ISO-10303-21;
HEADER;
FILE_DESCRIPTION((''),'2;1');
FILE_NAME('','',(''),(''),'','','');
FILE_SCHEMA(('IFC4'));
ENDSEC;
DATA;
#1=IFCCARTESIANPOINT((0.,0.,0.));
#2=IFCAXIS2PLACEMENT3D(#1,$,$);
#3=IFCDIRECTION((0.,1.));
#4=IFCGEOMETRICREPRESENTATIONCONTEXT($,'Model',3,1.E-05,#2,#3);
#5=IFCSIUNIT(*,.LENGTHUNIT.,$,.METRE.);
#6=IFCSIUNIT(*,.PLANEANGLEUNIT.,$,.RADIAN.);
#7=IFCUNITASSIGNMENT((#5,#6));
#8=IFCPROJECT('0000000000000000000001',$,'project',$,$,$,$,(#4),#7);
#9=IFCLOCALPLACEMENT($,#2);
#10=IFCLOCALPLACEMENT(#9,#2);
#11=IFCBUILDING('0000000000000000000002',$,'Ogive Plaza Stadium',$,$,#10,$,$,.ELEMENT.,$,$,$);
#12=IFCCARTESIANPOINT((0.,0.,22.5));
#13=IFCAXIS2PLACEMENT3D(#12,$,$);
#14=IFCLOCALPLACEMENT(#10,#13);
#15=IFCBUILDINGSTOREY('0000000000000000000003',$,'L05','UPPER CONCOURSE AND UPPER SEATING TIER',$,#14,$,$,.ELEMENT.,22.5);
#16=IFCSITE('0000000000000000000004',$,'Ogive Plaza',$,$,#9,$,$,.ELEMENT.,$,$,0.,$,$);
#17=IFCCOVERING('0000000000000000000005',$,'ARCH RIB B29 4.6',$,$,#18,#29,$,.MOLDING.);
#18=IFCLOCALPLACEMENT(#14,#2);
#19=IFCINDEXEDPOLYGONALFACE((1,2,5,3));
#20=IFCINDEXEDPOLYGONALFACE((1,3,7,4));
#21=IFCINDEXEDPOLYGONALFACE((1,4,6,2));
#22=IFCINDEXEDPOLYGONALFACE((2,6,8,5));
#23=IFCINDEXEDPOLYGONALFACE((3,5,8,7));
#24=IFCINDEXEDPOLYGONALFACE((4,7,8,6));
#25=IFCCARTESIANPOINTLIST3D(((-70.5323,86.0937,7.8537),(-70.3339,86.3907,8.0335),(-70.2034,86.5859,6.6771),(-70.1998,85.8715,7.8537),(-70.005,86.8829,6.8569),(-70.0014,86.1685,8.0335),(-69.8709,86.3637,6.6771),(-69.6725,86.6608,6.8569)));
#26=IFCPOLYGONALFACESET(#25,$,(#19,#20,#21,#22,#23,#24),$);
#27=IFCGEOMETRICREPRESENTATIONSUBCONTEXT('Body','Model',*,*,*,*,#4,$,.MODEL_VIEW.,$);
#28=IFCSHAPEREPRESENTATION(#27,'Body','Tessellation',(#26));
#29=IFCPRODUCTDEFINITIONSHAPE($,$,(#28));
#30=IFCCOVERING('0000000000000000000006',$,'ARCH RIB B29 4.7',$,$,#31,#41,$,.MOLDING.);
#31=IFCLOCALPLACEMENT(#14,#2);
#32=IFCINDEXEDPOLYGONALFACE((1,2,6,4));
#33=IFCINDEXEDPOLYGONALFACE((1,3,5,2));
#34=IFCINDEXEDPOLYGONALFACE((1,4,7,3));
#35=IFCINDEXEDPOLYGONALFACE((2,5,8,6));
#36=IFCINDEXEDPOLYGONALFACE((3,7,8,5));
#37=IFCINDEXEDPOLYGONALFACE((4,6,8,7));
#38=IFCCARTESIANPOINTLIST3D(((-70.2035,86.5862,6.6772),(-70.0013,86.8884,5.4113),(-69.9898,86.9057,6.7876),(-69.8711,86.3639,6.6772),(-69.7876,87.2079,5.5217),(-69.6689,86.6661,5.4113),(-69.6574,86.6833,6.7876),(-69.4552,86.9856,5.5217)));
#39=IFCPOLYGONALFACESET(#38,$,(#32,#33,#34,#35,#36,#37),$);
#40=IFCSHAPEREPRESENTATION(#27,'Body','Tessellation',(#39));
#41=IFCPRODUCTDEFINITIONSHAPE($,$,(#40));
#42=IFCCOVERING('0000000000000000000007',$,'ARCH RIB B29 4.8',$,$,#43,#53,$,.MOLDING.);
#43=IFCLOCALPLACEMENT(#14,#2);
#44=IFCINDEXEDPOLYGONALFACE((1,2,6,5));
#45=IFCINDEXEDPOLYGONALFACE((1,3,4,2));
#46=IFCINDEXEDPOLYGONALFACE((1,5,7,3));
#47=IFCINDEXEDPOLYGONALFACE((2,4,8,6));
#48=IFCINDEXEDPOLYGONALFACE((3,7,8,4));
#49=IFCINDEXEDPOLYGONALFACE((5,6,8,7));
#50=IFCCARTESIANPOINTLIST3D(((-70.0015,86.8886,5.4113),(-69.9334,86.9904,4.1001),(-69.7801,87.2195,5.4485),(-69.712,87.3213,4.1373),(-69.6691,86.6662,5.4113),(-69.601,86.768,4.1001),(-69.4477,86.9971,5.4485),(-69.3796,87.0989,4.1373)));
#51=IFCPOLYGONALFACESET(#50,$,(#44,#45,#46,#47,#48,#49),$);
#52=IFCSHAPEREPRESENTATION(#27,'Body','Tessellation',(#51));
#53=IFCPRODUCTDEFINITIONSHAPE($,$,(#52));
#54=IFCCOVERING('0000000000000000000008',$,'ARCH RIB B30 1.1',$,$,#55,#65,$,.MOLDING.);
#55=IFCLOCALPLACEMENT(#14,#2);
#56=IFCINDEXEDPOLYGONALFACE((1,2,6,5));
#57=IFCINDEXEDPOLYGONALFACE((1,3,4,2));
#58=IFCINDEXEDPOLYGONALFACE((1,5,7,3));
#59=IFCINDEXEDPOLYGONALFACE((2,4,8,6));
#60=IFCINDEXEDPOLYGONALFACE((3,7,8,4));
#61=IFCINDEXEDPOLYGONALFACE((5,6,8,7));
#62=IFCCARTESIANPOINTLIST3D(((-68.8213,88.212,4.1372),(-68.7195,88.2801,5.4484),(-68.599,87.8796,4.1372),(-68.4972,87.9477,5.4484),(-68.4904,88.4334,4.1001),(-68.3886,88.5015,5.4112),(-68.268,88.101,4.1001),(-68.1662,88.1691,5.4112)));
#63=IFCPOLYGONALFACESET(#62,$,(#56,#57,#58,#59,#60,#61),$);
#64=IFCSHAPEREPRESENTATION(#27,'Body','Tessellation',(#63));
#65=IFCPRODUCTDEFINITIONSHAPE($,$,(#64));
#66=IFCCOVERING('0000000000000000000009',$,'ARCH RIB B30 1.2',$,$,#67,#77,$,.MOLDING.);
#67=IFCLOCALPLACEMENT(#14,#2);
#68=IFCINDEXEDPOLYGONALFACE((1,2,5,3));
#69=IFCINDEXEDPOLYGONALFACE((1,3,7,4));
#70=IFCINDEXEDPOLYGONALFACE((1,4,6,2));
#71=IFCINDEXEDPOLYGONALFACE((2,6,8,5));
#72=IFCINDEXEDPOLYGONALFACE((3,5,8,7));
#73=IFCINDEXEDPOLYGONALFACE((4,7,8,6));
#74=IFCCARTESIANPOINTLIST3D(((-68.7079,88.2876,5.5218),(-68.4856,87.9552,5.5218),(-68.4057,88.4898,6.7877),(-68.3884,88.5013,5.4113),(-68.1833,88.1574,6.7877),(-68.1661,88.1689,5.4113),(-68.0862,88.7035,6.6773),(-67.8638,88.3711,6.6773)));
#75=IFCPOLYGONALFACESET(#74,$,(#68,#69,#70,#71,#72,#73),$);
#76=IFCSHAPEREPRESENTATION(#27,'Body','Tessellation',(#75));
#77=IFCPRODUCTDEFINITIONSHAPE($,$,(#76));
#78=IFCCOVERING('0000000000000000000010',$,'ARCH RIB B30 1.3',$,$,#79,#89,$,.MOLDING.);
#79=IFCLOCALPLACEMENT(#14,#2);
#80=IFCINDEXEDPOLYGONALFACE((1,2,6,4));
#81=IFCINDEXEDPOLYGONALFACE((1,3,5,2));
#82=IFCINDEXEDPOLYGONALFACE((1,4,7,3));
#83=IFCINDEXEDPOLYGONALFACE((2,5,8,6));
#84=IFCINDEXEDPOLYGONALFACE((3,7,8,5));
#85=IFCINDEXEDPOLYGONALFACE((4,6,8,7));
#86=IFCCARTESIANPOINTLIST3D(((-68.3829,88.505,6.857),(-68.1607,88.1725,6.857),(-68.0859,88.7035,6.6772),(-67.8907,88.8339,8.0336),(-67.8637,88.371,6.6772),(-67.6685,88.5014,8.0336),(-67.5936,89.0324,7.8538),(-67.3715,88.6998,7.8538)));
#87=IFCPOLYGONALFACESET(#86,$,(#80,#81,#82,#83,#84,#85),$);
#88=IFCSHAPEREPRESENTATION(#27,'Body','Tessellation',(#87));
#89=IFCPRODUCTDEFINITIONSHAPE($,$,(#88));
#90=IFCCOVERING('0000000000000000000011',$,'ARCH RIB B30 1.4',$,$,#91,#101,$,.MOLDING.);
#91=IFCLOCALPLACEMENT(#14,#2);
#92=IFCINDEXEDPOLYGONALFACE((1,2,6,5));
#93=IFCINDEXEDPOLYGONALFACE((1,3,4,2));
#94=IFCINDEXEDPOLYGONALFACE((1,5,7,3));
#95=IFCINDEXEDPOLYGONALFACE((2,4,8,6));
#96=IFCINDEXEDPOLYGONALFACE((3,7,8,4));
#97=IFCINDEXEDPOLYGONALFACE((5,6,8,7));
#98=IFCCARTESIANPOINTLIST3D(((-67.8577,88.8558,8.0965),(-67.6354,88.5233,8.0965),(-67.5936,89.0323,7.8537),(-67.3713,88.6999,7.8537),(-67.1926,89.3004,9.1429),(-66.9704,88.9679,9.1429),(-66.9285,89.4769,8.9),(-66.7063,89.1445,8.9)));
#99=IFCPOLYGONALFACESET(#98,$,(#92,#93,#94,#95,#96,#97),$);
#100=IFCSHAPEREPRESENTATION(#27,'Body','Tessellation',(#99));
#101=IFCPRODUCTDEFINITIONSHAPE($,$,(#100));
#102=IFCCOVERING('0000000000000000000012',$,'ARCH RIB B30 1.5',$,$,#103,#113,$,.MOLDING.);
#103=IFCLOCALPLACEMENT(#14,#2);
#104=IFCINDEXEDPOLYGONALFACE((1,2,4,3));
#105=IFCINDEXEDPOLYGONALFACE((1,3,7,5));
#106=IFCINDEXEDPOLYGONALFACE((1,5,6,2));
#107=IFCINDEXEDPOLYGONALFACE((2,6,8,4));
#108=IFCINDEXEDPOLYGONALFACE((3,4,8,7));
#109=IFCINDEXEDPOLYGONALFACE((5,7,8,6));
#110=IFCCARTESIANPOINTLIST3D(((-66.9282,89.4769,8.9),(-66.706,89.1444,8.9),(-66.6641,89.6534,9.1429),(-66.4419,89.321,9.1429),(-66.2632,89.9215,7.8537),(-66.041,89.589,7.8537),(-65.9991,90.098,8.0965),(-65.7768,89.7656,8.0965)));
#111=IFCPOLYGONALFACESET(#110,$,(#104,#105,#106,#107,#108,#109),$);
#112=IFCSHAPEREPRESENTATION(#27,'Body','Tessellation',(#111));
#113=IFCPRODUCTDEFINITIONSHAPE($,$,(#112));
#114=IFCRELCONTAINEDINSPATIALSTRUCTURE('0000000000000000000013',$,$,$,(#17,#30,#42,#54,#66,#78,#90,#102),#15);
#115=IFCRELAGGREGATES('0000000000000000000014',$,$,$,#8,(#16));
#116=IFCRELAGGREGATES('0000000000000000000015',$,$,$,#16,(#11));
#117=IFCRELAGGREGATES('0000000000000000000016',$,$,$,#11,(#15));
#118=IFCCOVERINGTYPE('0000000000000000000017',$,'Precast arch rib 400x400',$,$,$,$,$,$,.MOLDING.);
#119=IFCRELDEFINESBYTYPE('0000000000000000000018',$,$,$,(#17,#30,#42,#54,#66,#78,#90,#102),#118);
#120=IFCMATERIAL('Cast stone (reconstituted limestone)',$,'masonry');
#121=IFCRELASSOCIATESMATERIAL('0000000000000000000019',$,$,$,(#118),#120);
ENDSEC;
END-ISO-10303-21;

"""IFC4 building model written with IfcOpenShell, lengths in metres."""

from ifc_helpers import new_model, si_unit, direction, frame, origin, origin_2d, place, context, subcontext, project, spatial, rectangle, extrude, material, material_profile, profile_set, type_object, element, save


model = new_model("IFC4")

# Units and contexts
model_context = context("Model", 3, precision=1e-05, world=origin(), true_north=direction((0.0, 1.0)))
body_context = subcontext(model_context, "Body", "Model", "MODEL_VIEW")
ifc_project = project(units=[si_unit("LENGTHUNIT", "METRE"), si_unit("PLANEANGLEUNIT", "RADIAN")], contexts=[model_context])

# Site, building, storey
site_placement = place(None, origin())
site = spatial("IfcSite", under=ifc_project, at=site_placement, Name="Ogive Plaza", CompositionType="ELEMENT", RefElevation=0.0)
building_placement = place(site_placement, origin())
building = spatial("IfcBuilding", under=site, at=building_placement, Name="Ogive Plaza Stadium", CompositionType="ELEMENT")
storey_placement = place(building_placement, frame((0.0, 0.0, 22.5)))
storey = spatial("IfcBuildingStorey", under=building, at=storey_placement, Name="L05", Description="UPPER CONCOURSE AND UPPER SEATING TIER", CompositionType="ELEMENT", Elevation=22.5)

# Coverings
ifc_material_1 = material(Name="Cast stone (reconstituted limestone)", Category="masonry")
ifc_material_profile_1 = material_profile(ifc_material_1, rectangle(XDim=0.3999, YDim=0.3999, at=origin_2d()), Name="Cast stone 400x400")
ifc_profile_set_1 = profile_set([ifc_material_profile_1], Name="Cast stone (reconstituted limestone)")
covering_type = type_object("IfcCoveringType", Name="Precast arch rib 400x400", PredefinedType="MOLDING", material=ifc_profile_set_1)
for number, where, z_axis, x_axis, name in (
    (1, (-70.2668, 86.1311, 7.9436), (0.249695, 0.373709, -0.893305), (-0.831479, 0.555557, 0.0), "ARCH RIB B29 4.6"),
    (2, (-69.9304, 86.6348, 6.7324), (0.153485, 0.229486, -0.961134), (-0.831223, 0.555939, 0.0), "ARCH RIB B29 4.7"),
):
    element("IfcCovering", number, at=place(storey_placement, frame(where, z_axis=z_axis, x_axis=x_axis)), inside=storey, type_object=covering_type, Name=name, PredefinedType="MOLDING", context=body_context, shape_type="SweptSolid", body=[
        extrude(rectangle(XDim=0.3999, YDim=0.3999, at=origin_2d()), origin(), (0.0, 0.0, 1.0), 1.3171),
    ])
for number, where, z_axis, x_axis, name in (
    (3, (-69.7246, 86.9429, 5.4299), (0.05172, 0.077303, -0.995665), (-0.831129, 0.556079, 0.0), "ARCH RIB B29 4.8"),
    (4, (-68.5447, 88.1565, 4.1187), (0.077303, 0.05172, 0.995665), (-0.556079, 0.831129, 0.0), "ARCH RIB B30 1.1"),
):
    element("IfcCovering", number, at=place(storey_placement, frame(where, z_axis=z_axis, x_axis=x_axis)), inside=storey, type_object=covering_type, Name=name, PredefinedType="MOLDING", context=body_context, shape_type="SweptSolid", body=[
        extrude(rectangle(XDim=0.3999, YDim=0.3999, at=origin_2d()), origin(), (0.0, 0.0, 1.0), 1.3169),
    ])
for number, where, z_axis, x_axis, name in (
    (5, (-68.437, 88.2283, 5.4666), (0.229486, 0.153485, 0.961134), (-0.555939, 0.831223, 0.0), "ARCH RIB B30 1.2"),
    (6, (-68.1233, 88.438, 6.7671), (0.373709, 0.249695, 0.893305), (-0.555557, 0.831479, 0.0), "ARCH RIB B30 1.3"),
    (7, (-67.6145, 88.7778, 7.9751), (0.504912, 0.337535, 0.794439), (-0.555756, 0.831345, 0.0), "ARCH RIB B30 1.4"),
    (8, (-66.6851, 89.3989, 9.0215), (0.504912, 0.337535, -0.794439), (-0.555756, 0.831345, 0.0), "ARCH RIB B30 1.5"),
):
    element("IfcCovering", number, at=place(storey_placement, frame(where, z_axis=z_axis, x_axis=x_axis)), inside=storey, type_object=covering_type, Name=name, PredefinedType="MOLDING", context=body_context, shape_type="SweptSolid", body=[
        extrude(rectangle(XDim=0.3999, YDim=0.3999, at=origin_2d()), origin(), (0.0, 0.0, 1.0), 1.3171),
    ])

save(model, "model.ifc")
